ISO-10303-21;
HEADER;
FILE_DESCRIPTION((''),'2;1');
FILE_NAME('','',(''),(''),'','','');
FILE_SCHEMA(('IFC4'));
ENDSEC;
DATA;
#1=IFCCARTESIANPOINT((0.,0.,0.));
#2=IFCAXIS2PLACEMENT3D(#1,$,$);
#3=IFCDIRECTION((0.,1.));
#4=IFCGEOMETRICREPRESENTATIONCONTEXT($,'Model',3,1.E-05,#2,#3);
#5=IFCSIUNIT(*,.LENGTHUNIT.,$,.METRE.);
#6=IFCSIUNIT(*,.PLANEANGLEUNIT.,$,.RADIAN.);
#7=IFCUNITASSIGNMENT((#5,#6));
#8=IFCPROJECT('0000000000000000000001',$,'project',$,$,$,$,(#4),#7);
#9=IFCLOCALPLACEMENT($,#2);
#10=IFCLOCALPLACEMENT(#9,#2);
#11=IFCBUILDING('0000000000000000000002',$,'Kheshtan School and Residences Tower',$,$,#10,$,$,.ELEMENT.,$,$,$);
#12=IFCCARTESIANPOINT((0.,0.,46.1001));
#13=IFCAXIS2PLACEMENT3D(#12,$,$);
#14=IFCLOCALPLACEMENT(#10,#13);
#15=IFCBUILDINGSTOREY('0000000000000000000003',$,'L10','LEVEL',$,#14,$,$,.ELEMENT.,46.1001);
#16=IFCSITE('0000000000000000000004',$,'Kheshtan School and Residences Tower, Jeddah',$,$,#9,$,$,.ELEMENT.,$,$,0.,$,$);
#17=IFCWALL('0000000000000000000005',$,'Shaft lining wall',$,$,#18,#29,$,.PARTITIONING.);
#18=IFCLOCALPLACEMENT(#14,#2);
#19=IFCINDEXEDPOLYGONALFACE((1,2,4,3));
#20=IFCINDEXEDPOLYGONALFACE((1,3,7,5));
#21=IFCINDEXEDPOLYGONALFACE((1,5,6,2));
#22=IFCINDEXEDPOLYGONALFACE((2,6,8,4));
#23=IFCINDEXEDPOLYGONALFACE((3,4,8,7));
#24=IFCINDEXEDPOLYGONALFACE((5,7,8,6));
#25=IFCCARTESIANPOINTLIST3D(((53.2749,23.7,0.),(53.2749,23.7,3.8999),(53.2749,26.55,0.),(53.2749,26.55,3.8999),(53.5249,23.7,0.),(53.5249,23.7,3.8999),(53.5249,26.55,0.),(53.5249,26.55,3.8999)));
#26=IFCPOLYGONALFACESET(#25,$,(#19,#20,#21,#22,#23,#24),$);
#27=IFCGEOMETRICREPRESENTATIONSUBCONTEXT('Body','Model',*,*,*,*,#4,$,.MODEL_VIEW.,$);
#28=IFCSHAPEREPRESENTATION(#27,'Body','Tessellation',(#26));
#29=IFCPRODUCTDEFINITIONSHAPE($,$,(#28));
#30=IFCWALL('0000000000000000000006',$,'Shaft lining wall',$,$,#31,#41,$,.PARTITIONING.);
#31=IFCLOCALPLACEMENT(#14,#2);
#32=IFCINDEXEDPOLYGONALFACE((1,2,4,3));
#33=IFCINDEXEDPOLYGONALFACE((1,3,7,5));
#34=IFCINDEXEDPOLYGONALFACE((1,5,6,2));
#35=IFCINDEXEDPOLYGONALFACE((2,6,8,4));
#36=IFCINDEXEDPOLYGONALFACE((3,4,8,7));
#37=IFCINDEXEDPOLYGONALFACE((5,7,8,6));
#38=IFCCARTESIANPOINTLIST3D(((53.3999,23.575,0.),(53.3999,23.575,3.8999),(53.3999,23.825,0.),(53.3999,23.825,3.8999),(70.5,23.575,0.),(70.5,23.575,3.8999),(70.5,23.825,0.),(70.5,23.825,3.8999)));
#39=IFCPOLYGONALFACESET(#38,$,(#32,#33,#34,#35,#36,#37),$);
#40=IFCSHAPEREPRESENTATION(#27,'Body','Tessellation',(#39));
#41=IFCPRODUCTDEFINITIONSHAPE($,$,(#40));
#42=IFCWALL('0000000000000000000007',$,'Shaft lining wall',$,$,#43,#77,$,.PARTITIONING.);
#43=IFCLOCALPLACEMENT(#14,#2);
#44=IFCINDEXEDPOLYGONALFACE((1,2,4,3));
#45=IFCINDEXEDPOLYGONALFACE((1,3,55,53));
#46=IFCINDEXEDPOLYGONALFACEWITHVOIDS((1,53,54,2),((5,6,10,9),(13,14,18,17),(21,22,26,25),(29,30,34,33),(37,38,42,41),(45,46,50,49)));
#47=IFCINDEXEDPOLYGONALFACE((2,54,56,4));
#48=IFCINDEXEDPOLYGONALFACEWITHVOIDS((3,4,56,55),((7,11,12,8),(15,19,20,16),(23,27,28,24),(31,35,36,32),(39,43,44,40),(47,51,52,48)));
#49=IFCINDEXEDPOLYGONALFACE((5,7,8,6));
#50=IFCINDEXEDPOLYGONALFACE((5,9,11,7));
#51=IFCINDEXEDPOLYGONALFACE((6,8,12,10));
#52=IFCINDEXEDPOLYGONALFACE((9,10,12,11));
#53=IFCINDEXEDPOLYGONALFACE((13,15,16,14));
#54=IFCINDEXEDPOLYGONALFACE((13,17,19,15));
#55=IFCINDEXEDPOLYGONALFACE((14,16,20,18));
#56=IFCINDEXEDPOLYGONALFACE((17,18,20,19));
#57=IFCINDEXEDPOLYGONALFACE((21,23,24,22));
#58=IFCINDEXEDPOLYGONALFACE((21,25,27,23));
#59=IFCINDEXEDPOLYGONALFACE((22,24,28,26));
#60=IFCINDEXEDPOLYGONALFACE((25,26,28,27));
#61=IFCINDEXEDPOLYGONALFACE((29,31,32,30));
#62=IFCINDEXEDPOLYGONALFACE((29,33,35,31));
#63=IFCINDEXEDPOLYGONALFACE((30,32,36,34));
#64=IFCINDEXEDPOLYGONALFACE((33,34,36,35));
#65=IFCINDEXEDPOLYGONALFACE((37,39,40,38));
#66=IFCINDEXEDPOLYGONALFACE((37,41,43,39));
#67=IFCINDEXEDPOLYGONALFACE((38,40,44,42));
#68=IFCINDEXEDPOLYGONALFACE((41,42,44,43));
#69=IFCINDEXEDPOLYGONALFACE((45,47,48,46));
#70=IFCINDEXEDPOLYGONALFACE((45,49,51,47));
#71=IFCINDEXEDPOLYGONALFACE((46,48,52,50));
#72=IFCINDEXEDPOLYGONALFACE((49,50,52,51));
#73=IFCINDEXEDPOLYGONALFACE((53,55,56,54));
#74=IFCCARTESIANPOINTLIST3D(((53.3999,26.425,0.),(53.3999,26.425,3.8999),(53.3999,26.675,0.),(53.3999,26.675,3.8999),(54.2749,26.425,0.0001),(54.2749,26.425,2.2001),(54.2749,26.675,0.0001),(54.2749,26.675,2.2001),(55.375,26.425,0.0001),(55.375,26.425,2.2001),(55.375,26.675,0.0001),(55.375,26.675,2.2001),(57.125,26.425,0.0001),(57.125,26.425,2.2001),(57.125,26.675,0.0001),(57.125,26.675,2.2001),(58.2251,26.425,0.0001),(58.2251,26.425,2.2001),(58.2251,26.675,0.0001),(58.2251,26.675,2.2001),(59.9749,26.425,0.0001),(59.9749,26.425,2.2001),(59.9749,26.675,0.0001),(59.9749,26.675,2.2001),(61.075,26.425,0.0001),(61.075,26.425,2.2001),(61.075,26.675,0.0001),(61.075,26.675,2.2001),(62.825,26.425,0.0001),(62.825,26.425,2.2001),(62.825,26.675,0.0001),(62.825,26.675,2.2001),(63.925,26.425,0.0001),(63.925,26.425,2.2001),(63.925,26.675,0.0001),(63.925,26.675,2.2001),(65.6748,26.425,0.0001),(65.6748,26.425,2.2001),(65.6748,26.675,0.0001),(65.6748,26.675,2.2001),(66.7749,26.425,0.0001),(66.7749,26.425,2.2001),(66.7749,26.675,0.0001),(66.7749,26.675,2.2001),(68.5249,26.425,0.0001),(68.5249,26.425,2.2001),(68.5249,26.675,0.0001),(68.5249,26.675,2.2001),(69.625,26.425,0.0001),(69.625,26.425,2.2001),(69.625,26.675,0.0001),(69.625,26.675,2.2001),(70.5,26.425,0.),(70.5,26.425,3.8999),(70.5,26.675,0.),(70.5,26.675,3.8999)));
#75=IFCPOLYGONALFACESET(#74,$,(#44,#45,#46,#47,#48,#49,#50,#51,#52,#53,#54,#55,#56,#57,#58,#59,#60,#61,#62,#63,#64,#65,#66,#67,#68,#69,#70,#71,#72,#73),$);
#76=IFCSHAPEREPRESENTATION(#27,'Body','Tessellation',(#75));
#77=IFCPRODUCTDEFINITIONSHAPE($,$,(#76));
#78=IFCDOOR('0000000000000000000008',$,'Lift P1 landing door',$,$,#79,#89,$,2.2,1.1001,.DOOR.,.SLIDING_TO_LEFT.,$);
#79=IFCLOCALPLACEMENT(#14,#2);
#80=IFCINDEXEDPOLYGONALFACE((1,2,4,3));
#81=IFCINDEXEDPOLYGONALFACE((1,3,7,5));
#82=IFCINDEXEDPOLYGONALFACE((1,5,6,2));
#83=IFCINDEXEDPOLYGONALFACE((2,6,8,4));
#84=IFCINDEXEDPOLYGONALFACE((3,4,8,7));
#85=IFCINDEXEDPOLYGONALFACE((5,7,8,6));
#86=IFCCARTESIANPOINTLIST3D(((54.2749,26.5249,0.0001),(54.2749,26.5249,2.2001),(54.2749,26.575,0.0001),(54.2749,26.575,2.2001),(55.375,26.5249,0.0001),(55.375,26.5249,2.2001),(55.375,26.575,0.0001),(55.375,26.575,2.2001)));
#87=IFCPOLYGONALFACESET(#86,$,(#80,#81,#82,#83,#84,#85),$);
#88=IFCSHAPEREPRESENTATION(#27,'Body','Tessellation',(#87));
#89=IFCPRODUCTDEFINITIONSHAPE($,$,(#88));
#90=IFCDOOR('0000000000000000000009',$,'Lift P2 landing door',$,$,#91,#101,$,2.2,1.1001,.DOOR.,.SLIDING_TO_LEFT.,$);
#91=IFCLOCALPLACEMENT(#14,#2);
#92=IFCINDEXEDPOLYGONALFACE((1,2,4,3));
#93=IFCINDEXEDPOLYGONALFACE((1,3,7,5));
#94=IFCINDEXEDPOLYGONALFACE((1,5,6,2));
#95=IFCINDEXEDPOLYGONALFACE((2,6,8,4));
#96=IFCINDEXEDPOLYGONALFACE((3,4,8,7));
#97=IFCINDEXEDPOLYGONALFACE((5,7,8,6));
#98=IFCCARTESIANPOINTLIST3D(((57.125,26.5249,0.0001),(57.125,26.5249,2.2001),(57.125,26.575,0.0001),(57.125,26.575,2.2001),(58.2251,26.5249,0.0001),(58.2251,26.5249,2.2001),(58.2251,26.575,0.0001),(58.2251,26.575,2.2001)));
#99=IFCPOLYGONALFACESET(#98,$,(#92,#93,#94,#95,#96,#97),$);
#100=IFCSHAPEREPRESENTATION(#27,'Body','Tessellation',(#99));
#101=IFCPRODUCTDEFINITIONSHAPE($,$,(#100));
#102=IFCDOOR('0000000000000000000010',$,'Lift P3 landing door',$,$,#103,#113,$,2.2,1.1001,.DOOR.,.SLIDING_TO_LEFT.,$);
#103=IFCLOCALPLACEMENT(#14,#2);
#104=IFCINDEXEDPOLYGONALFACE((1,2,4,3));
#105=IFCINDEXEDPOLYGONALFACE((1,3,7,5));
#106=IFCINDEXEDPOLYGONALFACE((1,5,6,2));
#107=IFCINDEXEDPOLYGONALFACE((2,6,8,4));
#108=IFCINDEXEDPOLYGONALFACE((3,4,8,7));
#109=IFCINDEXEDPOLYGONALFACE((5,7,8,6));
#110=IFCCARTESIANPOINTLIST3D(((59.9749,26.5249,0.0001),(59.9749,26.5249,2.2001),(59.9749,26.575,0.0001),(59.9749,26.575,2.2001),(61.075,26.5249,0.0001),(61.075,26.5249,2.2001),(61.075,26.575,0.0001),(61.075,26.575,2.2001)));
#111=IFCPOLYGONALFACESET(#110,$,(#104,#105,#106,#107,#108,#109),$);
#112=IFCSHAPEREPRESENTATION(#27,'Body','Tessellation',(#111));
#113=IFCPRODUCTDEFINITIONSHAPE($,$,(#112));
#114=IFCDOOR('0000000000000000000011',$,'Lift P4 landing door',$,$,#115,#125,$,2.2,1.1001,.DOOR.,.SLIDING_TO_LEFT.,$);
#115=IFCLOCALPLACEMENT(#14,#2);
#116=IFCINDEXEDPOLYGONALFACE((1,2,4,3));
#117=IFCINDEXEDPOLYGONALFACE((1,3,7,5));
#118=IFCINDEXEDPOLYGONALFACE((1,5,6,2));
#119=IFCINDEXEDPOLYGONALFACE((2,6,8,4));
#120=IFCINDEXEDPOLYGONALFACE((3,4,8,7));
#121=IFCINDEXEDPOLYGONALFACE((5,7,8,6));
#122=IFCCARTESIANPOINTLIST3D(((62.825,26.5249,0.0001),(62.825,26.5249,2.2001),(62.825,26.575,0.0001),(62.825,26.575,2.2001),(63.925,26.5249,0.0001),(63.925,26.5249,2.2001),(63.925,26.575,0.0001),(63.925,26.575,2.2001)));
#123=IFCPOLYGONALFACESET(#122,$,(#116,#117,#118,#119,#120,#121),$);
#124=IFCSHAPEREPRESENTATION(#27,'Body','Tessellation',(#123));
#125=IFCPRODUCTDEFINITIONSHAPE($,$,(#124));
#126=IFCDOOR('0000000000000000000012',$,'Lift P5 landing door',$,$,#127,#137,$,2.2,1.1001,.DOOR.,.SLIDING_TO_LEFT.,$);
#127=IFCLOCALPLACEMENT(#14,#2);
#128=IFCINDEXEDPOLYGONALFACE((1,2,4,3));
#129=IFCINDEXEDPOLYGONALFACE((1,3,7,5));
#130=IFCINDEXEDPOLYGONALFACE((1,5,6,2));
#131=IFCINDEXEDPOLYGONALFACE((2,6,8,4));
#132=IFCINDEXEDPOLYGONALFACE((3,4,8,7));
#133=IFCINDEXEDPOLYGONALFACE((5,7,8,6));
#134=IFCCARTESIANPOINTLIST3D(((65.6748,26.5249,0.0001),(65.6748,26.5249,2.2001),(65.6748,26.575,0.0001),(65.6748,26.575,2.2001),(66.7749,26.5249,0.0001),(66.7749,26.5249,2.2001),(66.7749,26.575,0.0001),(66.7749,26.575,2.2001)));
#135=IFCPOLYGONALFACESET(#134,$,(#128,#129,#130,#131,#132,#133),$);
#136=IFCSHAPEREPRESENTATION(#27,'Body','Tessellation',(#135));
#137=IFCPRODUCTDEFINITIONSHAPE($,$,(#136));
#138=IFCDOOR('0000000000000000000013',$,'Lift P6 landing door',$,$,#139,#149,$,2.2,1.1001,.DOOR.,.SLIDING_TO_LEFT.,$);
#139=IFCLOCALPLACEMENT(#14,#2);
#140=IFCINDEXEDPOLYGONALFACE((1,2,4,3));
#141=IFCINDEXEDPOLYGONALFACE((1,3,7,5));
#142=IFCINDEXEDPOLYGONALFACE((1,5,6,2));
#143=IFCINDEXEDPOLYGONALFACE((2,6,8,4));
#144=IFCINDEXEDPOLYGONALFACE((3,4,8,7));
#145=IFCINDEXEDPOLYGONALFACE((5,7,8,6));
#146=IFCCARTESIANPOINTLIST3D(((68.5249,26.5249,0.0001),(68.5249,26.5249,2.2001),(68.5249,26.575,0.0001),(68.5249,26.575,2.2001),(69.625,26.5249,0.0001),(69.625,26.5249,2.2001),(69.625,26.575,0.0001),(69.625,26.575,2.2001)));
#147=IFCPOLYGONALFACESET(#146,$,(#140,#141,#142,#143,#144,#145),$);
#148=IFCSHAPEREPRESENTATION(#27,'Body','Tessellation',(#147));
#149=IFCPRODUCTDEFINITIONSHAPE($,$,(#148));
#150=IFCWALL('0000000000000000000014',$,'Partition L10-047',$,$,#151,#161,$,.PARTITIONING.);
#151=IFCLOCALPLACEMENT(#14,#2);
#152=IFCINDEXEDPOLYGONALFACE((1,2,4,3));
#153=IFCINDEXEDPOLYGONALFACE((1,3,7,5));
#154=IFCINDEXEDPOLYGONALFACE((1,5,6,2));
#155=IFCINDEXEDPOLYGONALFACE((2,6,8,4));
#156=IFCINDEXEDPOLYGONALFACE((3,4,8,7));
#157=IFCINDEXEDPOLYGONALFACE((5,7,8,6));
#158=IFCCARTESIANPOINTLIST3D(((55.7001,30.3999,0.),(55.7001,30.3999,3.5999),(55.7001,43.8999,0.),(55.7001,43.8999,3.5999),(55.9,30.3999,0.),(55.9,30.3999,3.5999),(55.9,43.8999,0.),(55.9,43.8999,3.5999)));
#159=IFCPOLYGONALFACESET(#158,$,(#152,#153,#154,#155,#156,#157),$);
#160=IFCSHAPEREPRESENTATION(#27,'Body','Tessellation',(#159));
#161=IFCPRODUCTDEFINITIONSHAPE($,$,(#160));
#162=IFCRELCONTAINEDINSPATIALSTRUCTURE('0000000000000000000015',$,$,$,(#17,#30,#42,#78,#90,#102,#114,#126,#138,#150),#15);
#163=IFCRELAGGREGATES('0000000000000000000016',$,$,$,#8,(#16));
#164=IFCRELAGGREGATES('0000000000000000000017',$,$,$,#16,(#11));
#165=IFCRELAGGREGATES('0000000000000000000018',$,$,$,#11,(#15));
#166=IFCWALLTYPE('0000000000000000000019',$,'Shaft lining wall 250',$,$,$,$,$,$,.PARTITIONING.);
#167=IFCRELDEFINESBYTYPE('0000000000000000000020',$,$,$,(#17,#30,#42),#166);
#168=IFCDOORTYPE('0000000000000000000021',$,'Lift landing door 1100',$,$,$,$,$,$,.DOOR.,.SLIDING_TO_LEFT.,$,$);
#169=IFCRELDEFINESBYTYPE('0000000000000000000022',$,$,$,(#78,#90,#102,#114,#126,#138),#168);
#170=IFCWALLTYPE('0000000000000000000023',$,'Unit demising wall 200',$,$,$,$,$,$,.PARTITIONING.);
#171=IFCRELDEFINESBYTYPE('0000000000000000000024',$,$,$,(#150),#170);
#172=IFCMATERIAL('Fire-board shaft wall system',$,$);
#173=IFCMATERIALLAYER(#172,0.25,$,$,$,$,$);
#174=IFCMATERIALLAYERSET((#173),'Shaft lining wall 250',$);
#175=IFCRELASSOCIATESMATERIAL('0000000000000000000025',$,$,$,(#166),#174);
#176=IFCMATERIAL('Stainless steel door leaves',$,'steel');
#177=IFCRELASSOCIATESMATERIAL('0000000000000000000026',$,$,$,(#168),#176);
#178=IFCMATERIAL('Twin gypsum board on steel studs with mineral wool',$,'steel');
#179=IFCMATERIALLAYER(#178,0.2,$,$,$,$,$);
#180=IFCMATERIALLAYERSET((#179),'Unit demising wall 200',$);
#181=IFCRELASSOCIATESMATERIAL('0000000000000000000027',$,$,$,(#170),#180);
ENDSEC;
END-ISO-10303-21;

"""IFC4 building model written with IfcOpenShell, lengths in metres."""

from ifc_helpers import new_model, si_unit, direction, frame, frame_2d, origin, place, context, subcontext, project, spatial, rectangle, extrude, source, transform, mapped, material, layer, layer_set, type_object, element, fill, save


model = new_model("IFC4")

# Units and contexts
model_context = context("Model", 3, precision=1e-05, world=origin(), true_north=direction((0.0, 1.0)))
body_context = subcontext(model_context, "Body", "Model", "MODEL_VIEW")
ifc_project = project(units=[si_unit("LENGTHUNIT", "METRE"), si_unit("PLANEANGLEUNIT", "RADIAN")], contexts=[model_context])

# Site, building, storey
site_placement = place(None, origin())
site = spatial("IfcSite", under=ifc_project, at=site_placement, Name="Kheshtan School and Residences Tower, Jeddah", CompositionType="ELEMENT", RefElevation=0.0)
building_placement = place(site_placement, origin())
building = spatial("IfcBuilding", under=site, at=building_placement, Name="Kheshtan School and Residences Tower", CompositionType="ELEMENT")
storey_placement = place(building_placement, frame((0.0, 0.0, 46.1001)))
storey = spatial("IfcBuildingStorey", under=building, at=storey_placement, Name="L10", Description="LEVEL", CompositionType="ELEMENT", Elevation=46.1001)

# Walls
ifc_material_1 = material(Name="Fire-board shaft wall system")
ifc_layer_1 = layer(ifc_material_1, 0.25)
ifc_layer_set_1 = layer_set([ifc_layer_1], Name="Shaft lining wall 250")
wall_type_1 = type_object("IfcWallType", Name="Shaft lining wall 250", PredefinedType="PARTITIONING", material=ifc_layer_set_1)
wall_1_placement = place(storey_placement, frame((53.3999, 23.7, 0.0), z_axis=(0.0, 0.0, 1.0), x_axis=(0.0, 1.0, 0.0)))
element("IfcWall", 1, at=wall_1_placement, inside=storey, type_object=wall_type_1, Name="Shaft lining wall", PredefinedType="PARTITIONING", context=body_context, shape_type="SweptSolid", body=[
    extrude(rectangle(XDim=2.8501, YDim=0.25, at=frame_2d((1.425, 0.0))), origin(), (0.0, 0.0, 1.0), 3.8999),
])
wall_2_placement = place(storey_placement, frame((53.3999, 23.7, 0.0), z_axis=(0.0, 0.0, 1.0), x_axis=(1.0, 0.0, 0.0)))
element("IfcWall", 2, at=wall_2_placement, inside=storey, type_object=wall_type_1, Name="Shaft lining wall", PredefinedType="PARTITIONING", context=body_context, shape_type="SweptSolid", body=[
    extrude(rectangle(XDim=17.1001, YDim=0.25, at=frame_2d((8.55, 0.0))), origin(), (0.0, 0.0, 1.0), 3.8999),
])

# Wall, openings, doors
wall_3_placement = place(storey_placement, frame((53.3999, 26.55, 0.0), z_axis=(0.0, 0.0, 1.0), x_axis=(1.0, 0.0, 0.0)))
wall_3 = element("IfcWall", 3, at=wall_3_placement, inside=storey, type_object=wall_type_1, Name="Shaft lining wall", PredefinedType="PARTITIONING", context=body_context, shape_type="SweptSolid", body=[
    extrude(rectangle(XDim=17.1001, YDim=0.25, at=frame_2d((8.55, 0.0))), origin(), (0.0, 0.0, 1.0), 3.8999),
])
opening_1_placement = place(wall_3_placement, frame((0.875, 0.0, 0.0)))
opening_1 = element("IfcOpeningElement", 4, at=opening_1_placement, cuts=wall_3, PredefinedType="OPENING", context=body_context, shape_type="SweptSolid", body=[
    extrude(rectangle(XDim=1.1001, YDim=2.2, at=frame_2d((0.55, 1.1001))), frame((0.0, 0.135, 0.0), z_axis=(0.0, -1.0, 0.0), x_axis=(1.0, 0.0, 0.0)), (0.0, 0.0, 1.0), 0.27),
])
opening_2_placement = place(wall_3_placement, frame((3.7251, 0.0, 0.0)))
opening_2 = element("IfcOpeningElement", 5, at=opening_2_placement, cuts=wall_3, PredefinedType="OPENING", context=body_context, shape_type="SweptSolid", body=[
    extrude(rectangle(XDim=1.1001, YDim=2.2, at=frame_2d((0.55, 1.1001))), frame((0.0, 0.135, 0.0), z_axis=(0.0, -1.0, 0.0), x_axis=(1.0, 0.0, 0.0)), (0.0, 0.0, 1.0), 0.27),
])
opening_3_placement = place(wall_3_placement, frame((6.575, 0.0, 0.0)))
opening_3 = element("IfcOpeningElement", 6, at=opening_3_placement, cuts=wall_3, PredefinedType="OPENING", context=body_context, shape_type="SweptSolid", body=[
    extrude(rectangle(XDim=1.1001, YDim=2.2, at=frame_2d((0.55, 1.1001))), frame((0.0, 0.135, 0.0), z_axis=(0.0, -1.0, 0.0), x_axis=(1.0, 0.0, 0.0)), (0.0, 0.0, 1.0), 0.27),
])
opening_4_placement = place(wall_3_placement, frame((9.425, 0.0, 0.0)))
opening_4 = element("IfcOpeningElement", 7, at=opening_4_placement, cuts=wall_3, PredefinedType="OPENING", context=body_context, shape_type="SweptSolid", body=[
    extrude(rectangle(XDim=1.1001, YDim=2.2, at=frame_2d((0.55, 1.1001))), frame((0.0, 0.135, 0.0), z_axis=(0.0, -1.0, 0.0), x_axis=(1.0, 0.0, 0.0)), (0.0, 0.0, 1.0), 0.27),
])
opening_5_placement = place(wall_3_placement, frame((12.2749, 0.0, 0.0)))
opening_5 = element("IfcOpeningElement", 8, at=opening_5_placement, cuts=wall_3, PredefinedType="OPENING", context=body_context, shape_type="SweptSolid", body=[
    extrude(rectangle(XDim=1.1001, YDim=2.2, at=frame_2d((0.55, 1.1001))), frame((0.0, 0.135, 0.0), z_axis=(0.0, -1.0, 0.0), x_axis=(1.0, 0.0, 0.0)), (0.0, 0.0, 1.0), 0.27),
])
opening_6_placement = place(wall_3_placement, frame((15.125, 0.0, 0.0)))
opening_6 = element("IfcOpeningElement", 9, at=opening_6_placement, cuts=wall_3, PredefinedType="OPENING", context=body_context, shape_type="SweptSolid", body=[
    extrude(rectangle(XDim=1.1001, YDim=2.2, at=frame_2d((0.55, 1.1001))), frame((0.0, 0.135, 0.0), z_axis=(0.0, -1.0, 0.0), x_axis=(1.0, 0.0, 0.0)), (0.0, 0.0, 1.0), 0.27),
])
ifc_material_2 = material(Name="Stainless steel door leaves", Category="steel")
door_type_1 = type_object("IfcDoorType", Name="Lift landing door 1100", OperationType="SLIDING_TO_LEFT", PredefinedType="DOOR", material=ifc_material_2)
shared_shape_1 = source(origin(), body_context, "Body", "SweptSolid", [
    extrude(rectangle(XDim=1.1001, YDim=2.2, at=frame_2d((0.55, 1.1001))), frame((0.0, 0.0249, 0.0), z_axis=(0.0, -1.0, 0.0), x_axis=(1.0, 0.0, 0.0)), (0.0, 0.0, 1.0), 0.05),
])
door_1_placement = place(opening_1_placement, origin())
door_1 = element("IfcDoor", 10, at=door_1_placement, inside=storey, type_object=door_type_1, Name="Lift P1 landing door", OperationType="SLIDING_TO_LEFT", OverallHeight=2.2, OverallWidth=1.1001, PredefinedType="DOOR", context=body_context, shape_type="MappedRepresentation", body=[
    mapped(shared_shape_1, transform((0.0, 0.0, 0.0), x_axis=(1.0, 0.0, 0.0), y_axis=(0.0, 1.0, 0.0), z_axis=(0.0, 0.0, 1.0), scale=1.0)),
])
fill(opening_1, door_1)
door_2_placement = place(opening_2_placement, origin())
door_2 = element("IfcDoor", 11, at=door_2_placement, inside=storey, type_object=door_type_1, Name="Lift P2 landing door", OperationType="SLIDING_TO_LEFT", OverallHeight=2.2, OverallWidth=1.1001, PredefinedType="DOOR", context=body_context, shape_type="MappedRepresentation", body=[
    mapped(shared_shape_1, transform((0.0, 0.0, 0.0), x_axis=(1.0, 0.0, 0.0), y_axis=(0.0, 1.0, 0.0), z_axis=(0.0, 0.0, 1.0), scale=1.0)),
])
fill(opening_2, door_2)
door_3_placement = place(opening_3_placement, origin())
door_3 = element("IfcDoor", 12, at=door_3_placement, inside=storey, type_object=door_type_1, Name="Lift P3 landing door", OperationType="SLIDING_TO_LEFT", OverallHeight=2.2, OverallWidth=1.1001, PredefinedType="DOOR", context=body_context, shape_type="MappedRepresentation", body=[
    mapped(shared_shape_1, transform((0.0, 0.0, 0.0), x_axis=(1.0, 0.0, 0.0), y_axis=(0.0, 1.0, 0.0), z_axis=(0.0, 0.0, 1.0), scale=1.0)),
])
fill(opening_3, door_3)
door_4_placement = place(opening_4_placement, origin())
door_4 = element("IfcDoor", 13, at=door_4_placement, inside=storey, type_object=door_type_1, Name="Lift P4 landing door", OperationType="SLIDING_TO_LEFT", OverallHeight=2.2, OverallWidth=1.1001, PredefinedType="DOOR", context=body_context, shape_type="MappedRepresentation", body=[
    mapped(shared_shape_1, transform((0.0, 0.0, 0.0), x_axis=(1.0, 0.0, 0.0), y_axis=(0.0, 1.0, 0.0), z_axis=(0.0, 0.0, 1.0), scale=1.0)),
])
fill(opening_4, door_4)
door_5_placement = place(opening_5_placement, origin())
door_5 = element("IfcDoor", 14, at=door_5_placement, inside=storey, type_object=door_type_1, Name="Lift P5 landing door", OperationType="SLIDING_TO_LEFT", OverallHeight=2.2, OverallWidth=1.1001, PredefinedType="DOOR", context=body_context, shape_type="MappedRepresentation", body=[
    mapped(shared_shape_1, transform((0.0, 0.0, 0.0), x_axis=(1.0, 0.0, 0.0), y_axis=(0.0, 1.0, 0.0), z_axis=(0.0, 0.0, 1.0), scale=1.0)),
])
fill(opening_5, door_5)
door_6_placement = place(opening_6_placement, origin())
door_6 = element("IfcDoor", 15, at=door_6_placement, inside=storey, type_object=door_type_1, Name="Lift P6 landing door", OperationType="SLIDING_TO_LEFT", OverallHeight=2.2, OverallWidth=1.1001, PredefinedType="DOOR", context=body_context, shape_type="MappedRepresentation", body=[
    mapped(shared_shape_1, transform((0.0, 0.0, 0.0), x_axis=(1.0, 0.0, 0.0), y_axis=(0.0, 1.0, 0.0), z_axis=(0.0, 0.0, 1.0), scale=1.0)),
])
fill(opening_6, door_6)

# Wall
ifc_material_3 = material(Name="Twin gypsum board on steel studs with mineral wool", Category="steel")
ifc_layer_2 = layer(ifc_material_3, 0.2)
ifc_layer_set_2 = layer_set([ifc_layer_2], Name="Unit demising wall 200")
wall_type_2 = type_object("IfcWallType", Name="Unit demising wall 200", PredefinedType="PARTITIONING", material=ifc_layer_set_2)
wall_4_placement = place(storey_placement, frame((55.8, 30.3999, 0.0), z_axis=(0.0, 0.0, 1.0), x_axis=(0.0, 1.0, 0.0)))
element("IfcWall", 16, at=wall_4_placement, inside=storey, type_object=wall_type_2, Name="Partition L10-047", PredefinedType="PARTITIONING", context=body_context, shape_type="SweptSolid", body=[
    extrude(rectangle(XDim=13.5, YDim=0.2, at=frame_2d((6.75, 0.0))), origin(), (0.0, 0.0, 1.0), 3.5999),
])

save(model, "model.ifc")
